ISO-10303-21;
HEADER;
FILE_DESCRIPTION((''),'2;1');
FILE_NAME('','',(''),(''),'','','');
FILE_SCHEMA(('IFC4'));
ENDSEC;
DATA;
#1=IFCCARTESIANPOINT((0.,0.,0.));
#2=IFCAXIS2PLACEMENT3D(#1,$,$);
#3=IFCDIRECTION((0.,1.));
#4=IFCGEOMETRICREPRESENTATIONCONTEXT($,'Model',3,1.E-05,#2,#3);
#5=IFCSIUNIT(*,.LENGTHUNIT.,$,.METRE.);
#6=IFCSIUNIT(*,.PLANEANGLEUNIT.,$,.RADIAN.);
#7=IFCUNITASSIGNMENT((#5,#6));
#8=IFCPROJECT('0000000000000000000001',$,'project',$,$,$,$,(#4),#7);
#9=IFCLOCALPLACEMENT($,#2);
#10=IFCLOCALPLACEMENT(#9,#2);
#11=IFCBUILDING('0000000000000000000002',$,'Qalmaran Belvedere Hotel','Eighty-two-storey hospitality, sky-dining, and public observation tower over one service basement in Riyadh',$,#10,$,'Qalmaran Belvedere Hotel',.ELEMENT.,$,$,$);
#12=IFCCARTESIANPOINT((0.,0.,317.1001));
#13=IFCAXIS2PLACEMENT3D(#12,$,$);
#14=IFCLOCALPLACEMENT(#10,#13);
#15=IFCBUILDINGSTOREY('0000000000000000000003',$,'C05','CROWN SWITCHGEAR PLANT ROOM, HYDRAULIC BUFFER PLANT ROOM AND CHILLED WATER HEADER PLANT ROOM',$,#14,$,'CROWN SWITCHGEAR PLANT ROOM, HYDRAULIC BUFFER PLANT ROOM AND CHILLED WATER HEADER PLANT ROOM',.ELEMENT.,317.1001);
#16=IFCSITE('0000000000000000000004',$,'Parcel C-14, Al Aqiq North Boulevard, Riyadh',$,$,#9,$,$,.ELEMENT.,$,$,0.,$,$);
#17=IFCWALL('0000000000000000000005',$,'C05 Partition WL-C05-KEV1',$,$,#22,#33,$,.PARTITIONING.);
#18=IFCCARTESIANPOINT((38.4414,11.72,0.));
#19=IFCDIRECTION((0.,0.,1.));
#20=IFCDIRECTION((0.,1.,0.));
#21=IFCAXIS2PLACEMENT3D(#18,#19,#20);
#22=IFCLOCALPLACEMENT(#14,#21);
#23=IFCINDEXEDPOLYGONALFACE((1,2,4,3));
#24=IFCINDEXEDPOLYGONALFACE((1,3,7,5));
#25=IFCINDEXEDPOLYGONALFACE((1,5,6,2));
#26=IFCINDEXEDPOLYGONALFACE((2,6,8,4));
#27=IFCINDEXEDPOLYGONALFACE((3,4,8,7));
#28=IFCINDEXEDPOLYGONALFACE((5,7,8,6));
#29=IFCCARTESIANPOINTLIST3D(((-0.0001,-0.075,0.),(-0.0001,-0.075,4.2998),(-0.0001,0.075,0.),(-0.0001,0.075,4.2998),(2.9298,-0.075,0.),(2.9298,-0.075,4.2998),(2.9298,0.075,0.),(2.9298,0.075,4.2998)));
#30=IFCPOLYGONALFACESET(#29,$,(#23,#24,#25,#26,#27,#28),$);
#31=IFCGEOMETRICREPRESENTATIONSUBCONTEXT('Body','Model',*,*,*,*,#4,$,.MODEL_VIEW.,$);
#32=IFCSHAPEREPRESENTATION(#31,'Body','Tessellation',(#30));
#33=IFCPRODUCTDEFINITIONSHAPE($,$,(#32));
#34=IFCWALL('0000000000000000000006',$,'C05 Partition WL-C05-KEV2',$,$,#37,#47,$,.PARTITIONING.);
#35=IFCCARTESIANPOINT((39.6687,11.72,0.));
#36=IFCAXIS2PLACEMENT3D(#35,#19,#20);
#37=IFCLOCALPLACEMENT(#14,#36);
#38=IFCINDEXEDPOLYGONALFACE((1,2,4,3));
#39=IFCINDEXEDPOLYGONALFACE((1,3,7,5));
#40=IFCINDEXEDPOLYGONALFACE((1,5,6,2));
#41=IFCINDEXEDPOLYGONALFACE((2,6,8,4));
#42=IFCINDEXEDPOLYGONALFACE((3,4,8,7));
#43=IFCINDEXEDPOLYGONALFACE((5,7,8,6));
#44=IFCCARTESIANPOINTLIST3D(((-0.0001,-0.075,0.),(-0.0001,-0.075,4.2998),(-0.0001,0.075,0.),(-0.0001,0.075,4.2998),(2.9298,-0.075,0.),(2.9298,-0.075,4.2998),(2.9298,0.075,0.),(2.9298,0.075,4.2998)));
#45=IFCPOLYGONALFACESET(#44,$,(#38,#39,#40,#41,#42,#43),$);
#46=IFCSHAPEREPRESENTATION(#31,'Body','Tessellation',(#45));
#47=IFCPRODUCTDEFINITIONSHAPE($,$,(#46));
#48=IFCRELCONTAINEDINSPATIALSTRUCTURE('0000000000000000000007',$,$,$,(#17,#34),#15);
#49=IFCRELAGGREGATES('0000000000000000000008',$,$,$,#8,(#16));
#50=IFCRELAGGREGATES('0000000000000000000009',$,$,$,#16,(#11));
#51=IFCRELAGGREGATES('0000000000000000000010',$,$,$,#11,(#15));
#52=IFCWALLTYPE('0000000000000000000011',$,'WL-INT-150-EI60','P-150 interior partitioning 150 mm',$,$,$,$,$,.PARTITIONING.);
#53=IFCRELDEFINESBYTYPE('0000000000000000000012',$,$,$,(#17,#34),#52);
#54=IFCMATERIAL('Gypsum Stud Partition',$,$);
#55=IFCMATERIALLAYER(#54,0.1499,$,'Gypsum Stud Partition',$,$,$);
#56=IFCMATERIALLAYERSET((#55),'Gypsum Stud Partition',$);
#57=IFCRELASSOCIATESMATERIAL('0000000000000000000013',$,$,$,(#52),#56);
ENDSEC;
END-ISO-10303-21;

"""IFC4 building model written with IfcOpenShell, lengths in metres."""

from ifc_helpers import new_model, si_unit, direction, frame, frame_2d, origin, place, context, subcontext, project, spatial, rectangle, extrude, material, layer, layer_set, type_object, element, save


model = new_model("IFC4")

# Units and contexts
model_context = context("Model", 3, precision=1e-05, world=origin(), true_north=direction((0.0, 1.0)))
body_context = subcontext(model_context, "Body", "Model", "MODEL_VIEW")
ifc_project = project(units=[si_unit("LENGTHUNIT", "METRE"), si_unit("PLANEANGLEUNIT", "RADIAN")], contexts=[model_context])

# Site, building, storey
site_placement = place(None, origin())
site = spatial("IfcSite", under=ifc_project, at=site_placement, Name="Parcel C-14, Al Aqiq North Boulevard, Riyadh", CompositionType="ELEMENT", RefElevation=0.0)
building_placement = place(site_placement, origin())
building = spatial("IfcBuilding", under=site, at=building_placement, Name="Qalmaran Belvedere Hotel", Description="Eighty-two-storey hospitality, sky-dining, and public observation tower over one service basement in Riyadh", LongName="Qalmaran Belvedere Hotel", CompositionType="ELEMENT")
storey_placement = place(building_placement, frame((0.0, 0.0, 317.1001)))
storey = spatial("IfcBuildingStorey", under=building, at=storey_placement, Name="C05", Description="CROWN SWITCHGEAR PLANT ROOM, HYDRAULIC BUFFER PLANT ROOM AND CHILLED WATER HEADER PLANT ROOM", LongName="CROWN SWITCHGEAR PLANT ROOM, HYDRAULIC BUFFER PLANT ROOM AND CHILLED WATER HEADER PLANT ROOM", CompositionType="ELEMENT", Elevation=317.1001)

# Walls
ifc_material_1 = material(Name="Gypsum Stud Partition")
ifc_layer_1 = layer(ifc_material_1, 0.1499, Name="Gypsum Stud Partition")
ifc_layer_set_1 = layer_set([ifc_layer_1], Name="Gypsum Stud Partition")
wall_type_1 = type_object("IfcWallType", Name="WL-INT-150-EI60", Description="P-150 interior partitioning 150 mm", PredefinedType="PARTITIONING", material=ifc_layer_set_1)
for number, where, z_axis, x_axis, name in (
    (1, (38.4414, 11.72, 0.0), (0.0, 0.0, 1.0), (0.0, 1.0, 0.0), "C05 Partition WL-C05-KEV1"),
    (2, (39.6687, 11.72, 0.0), (0.0, 0.0, 1.0), (0.0, 1.0, 0.0), "C05 Partition WL-C05-KEV2"),
):
    element("IfcWall", number, at=place(storey_placement, frame(where, z_axis=z_axis, x_axis=x_axis)), inside=storey, type_object=wall_type_1, Name=name, PredefinedType="PARTITIONING", context=body_context, shape_type="SweptSolid", body=[
        extrude(rectangle(XDim=2.9299, YDim=0.1499, at=frame_2d((1.4648, 0.0))), origin(), (0.0, 0.0, 1.0), 4.2998),
    ])

save(model, "model.ifc")
